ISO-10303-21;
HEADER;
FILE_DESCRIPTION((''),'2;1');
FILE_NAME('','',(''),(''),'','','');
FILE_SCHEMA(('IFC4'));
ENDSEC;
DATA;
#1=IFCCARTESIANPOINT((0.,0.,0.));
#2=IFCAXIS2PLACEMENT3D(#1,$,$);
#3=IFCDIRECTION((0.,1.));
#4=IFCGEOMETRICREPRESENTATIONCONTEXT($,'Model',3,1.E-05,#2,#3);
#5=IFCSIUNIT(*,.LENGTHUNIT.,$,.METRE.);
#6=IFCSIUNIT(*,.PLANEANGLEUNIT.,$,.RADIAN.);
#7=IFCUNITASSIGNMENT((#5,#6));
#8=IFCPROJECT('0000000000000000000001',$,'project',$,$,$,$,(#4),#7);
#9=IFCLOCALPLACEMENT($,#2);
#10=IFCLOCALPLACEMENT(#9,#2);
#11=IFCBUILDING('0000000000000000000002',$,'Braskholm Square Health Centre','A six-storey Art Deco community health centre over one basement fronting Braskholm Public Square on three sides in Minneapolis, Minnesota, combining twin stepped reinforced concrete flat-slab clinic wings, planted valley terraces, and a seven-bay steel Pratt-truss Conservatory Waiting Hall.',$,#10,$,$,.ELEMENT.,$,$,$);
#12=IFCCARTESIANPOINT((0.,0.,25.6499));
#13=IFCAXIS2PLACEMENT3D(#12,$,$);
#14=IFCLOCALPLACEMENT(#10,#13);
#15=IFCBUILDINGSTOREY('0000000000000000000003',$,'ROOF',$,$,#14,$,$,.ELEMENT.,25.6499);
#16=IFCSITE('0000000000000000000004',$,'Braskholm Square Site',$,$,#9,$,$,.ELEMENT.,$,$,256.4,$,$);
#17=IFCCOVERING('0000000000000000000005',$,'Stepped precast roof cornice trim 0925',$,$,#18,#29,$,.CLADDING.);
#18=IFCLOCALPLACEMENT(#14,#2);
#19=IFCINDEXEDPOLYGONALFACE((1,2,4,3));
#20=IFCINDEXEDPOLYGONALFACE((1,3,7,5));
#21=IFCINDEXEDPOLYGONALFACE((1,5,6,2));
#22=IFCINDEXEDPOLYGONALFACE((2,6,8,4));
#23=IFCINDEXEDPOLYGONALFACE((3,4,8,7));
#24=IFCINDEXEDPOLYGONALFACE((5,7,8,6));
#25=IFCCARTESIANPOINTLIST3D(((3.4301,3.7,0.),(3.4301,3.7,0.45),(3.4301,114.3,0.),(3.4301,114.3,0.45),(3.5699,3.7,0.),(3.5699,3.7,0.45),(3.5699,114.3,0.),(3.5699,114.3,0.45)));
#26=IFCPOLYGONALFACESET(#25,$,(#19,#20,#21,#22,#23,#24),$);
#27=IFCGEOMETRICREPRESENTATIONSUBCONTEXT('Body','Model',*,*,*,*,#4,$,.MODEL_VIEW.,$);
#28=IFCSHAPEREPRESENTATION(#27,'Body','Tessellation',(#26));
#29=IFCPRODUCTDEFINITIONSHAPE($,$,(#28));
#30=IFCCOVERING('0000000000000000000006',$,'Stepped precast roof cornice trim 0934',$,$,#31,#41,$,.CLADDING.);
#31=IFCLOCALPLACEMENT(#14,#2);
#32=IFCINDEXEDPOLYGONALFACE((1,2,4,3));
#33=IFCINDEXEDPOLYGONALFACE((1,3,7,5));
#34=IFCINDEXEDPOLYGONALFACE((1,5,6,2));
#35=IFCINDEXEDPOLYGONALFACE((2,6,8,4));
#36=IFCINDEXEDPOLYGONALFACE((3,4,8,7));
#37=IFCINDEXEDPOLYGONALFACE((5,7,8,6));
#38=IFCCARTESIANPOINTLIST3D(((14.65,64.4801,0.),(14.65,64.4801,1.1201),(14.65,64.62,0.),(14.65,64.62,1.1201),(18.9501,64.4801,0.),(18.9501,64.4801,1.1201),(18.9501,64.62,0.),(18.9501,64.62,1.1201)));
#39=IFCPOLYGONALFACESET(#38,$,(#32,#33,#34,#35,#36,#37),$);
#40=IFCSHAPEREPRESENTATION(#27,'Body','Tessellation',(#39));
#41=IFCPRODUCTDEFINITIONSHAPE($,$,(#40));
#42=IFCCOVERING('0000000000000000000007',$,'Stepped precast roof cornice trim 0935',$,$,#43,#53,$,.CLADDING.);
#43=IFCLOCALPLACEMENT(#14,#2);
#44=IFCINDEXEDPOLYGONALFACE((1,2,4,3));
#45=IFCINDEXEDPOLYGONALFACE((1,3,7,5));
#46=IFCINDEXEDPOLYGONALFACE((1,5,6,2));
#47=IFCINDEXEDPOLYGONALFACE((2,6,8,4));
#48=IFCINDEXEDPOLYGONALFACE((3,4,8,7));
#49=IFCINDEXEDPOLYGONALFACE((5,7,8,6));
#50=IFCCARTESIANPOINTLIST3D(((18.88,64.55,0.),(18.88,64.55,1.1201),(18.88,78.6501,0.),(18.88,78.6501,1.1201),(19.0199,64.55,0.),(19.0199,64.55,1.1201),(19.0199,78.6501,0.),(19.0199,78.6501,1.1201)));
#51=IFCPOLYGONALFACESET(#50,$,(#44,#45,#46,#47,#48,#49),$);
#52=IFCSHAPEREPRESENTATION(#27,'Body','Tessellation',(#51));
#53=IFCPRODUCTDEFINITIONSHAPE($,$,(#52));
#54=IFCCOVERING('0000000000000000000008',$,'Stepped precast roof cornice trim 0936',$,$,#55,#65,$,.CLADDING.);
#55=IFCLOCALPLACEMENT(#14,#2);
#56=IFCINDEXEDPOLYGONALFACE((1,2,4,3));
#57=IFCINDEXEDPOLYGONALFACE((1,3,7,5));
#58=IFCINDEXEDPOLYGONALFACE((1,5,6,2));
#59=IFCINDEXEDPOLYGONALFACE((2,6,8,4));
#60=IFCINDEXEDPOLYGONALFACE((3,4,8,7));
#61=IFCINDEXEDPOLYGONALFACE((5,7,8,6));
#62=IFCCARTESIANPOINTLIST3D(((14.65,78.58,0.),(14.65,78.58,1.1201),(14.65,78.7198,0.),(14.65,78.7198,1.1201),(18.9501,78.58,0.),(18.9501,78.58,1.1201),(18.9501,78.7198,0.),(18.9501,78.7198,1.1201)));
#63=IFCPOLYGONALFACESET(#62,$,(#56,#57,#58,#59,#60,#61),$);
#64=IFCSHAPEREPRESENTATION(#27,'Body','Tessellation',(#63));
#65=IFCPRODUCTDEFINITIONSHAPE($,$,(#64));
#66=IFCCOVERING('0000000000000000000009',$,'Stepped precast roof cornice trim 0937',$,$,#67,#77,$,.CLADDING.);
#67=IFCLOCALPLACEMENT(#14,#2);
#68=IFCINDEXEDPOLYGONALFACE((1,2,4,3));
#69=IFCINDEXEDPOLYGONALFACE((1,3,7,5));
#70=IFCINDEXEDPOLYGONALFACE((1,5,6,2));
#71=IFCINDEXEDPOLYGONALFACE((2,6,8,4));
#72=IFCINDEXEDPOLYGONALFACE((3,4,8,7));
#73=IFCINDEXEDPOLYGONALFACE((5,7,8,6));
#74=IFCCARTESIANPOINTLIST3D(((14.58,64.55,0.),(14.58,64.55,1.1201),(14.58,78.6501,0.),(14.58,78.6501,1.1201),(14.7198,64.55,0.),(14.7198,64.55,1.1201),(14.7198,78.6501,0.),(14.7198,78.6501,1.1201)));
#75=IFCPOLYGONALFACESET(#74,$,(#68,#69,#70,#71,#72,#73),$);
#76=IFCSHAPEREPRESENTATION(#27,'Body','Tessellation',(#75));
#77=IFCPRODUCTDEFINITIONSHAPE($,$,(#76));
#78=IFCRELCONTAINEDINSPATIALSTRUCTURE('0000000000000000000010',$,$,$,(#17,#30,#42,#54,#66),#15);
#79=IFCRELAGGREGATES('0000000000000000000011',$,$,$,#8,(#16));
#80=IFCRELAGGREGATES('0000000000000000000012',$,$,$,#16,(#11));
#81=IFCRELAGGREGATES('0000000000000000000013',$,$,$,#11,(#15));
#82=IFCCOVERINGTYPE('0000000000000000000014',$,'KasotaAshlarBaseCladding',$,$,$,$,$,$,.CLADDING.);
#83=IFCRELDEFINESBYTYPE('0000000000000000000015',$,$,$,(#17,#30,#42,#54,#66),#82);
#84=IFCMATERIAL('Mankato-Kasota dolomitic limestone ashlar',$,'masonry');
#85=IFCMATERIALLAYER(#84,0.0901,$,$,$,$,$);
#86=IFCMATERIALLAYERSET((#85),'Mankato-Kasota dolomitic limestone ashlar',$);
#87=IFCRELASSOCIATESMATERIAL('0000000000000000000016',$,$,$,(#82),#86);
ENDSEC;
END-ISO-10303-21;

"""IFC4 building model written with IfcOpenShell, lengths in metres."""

from ifc_helpers import new_model, si_unit, direction, frame, origin, origin_2d, place, context, subcontext, project, spatial, rectangle, extrude, material, layer, layer_set, type_object, element, save


model = new_model("IFC4")

# Units and contexts
model_context = context("Model", 3, precision=1e-05, world=origin(), true_north=direction((0.0, 1.0)))
body_context = subcontext(model_context, "Body", "Model", "MODEL_VIEW")
ifc_project = project(units=[si_unit("LENGTHUNIT", "METRE"), si_unit("PLANEANGLEUNIT", "RADIAN")], contexts=[model_context])

# Site, building, storey
site_placement = place(None, origin())
site = spatial("IfcSite", under=ifc_project, at=site_placement, Name="Braskholm Square Site", CompositionType="ELEMENT", RefElevation=256.4)
building_placement = place(site_placement, origin())
building = spatial("IfcBuilding", under=site, at=building_placement, Name="Braskholm Square Health Centre", Description="A six-storey Art Deco community health centre over one basement fronting Braskholm Public Square on three sides in Minneapolis, Minnesota, combining twin stepped reinforced concrete flat-slab clinic wings, planted valley terraces, and a seven-bay steel Pratt-truss Conservatory Waiting Hall.", CompositionType="ELEMENT")
storey_placement = place(building_placement, frame((0.0, 0.0, 25.6499)))
storey = spatial("IfcBuildingStorey", under=building, at=storey_placement, Name="ROOF", CompositionType="ELEMENT", Elevation=25.6499)

# Coverings
ifc_material_1 = material(Name="Mankato-Kasota dolomitic limestone ashlar", Category="masonry")
ifc_layer_1 = layer(ifc_material_1, 0.0901)
ifc_layer_set_1 = layer_set([ifc_layer_1], Name="Mankato-Kasota dolomitic limestone ashlar")
covering_type_1 = type_object("IfcCoveringType", Name="KasotaAshlarBaseCladding", PredefinedType="CLADDING", material=ifc_layer_set_1)
for number, where, z_axis, x_axis, name in (
    (1, (3.5, 59.0, 0.0), (0.0, 0.0, 1.0), (0.0, -1.0, 0.0), "Stepped precast roof cornice trim 0925"),
):
    element("IfcCovering", number, at=place(storey_placement, frame(where, z_axis=z_axis, x_axis=x_axis)), inside=storey, type_object=covering_type_1, Name=name, PredefinedType="CLADDING", context=body_context, shape_type="SweptSolid", body=[
        extrude(rectangle(XDim=110.6001, YDim=0.1399, at=origin_2d()), origin(), (0.0, 0.0, 1.0), 0.45),
    ])
covering_1_placement = place(storey_placement, frame((16.8, 64.55, 0.0), z_axis=(0.0, 0.0, 1.0), x_axis=(1.0, 0.0, 0.0)))
element("IfcCovering", 2, at=covering_1_placement, inside=storey, type_object=covering_type_1, Name="Stepped precast roof cornice trim 0934", PredefinedType="CLADDING", context=body_context, shape_type="SweptSolid", body=[
    extrude(rectangle(XDim=4.3, YDim=0.1399, at=origin_2d()), origin(), (0.0, 0.0, 1.0), 1.1201),
])
covering_2_placement = place(storey_placement, frame((18.95, 71.6001, 0.0), z_axis=(0.0, 0.0, 1.0), x_axis=(0.0, 1.0, 0.0)))
element("IfcCovering", 3, at=covering_2_placement, inside=storey, type_object=covering_type_1, Name="Stepped precast roof cornice trim 0935", PredefinedType="CLADDING", context=body_context, shape_type="SweptSolid", body=[
    extrude(rectangle(XDim=14.1001, YDim=0.1399, at=origin_2d()), origin(), (0.0, 0.0, 1.0), 1.1201),
])
covering_3_placement = place(storey_placement, frame((16.8, 78.6499, 0.0), z_axis=(0.0, 0.0, 1.0), x_axis=(-1.0, 0.0, 0.0)))
element("IfcCovering", 4, at=covering_3_placement, inside=storey, type_object=covering_type_1, Name="Stepped precast roof cornice trim 0936", PredefinedType="CLADDING", context=body_context, shape_type="SweptSolid", body=[
    extrude(rectangle(XDim=4.3, YDim=0.1399, at=origin_2d()), origin(), (0.0, 0.0, 1.0), 1.1201),
])
covering_4_placement = place(storey_placement, frame((14.6499, 71.6001, 0.0), z_axis=(0.0, 0.0, 1.0), x_axis=(0.0, -1.0, 0.0)))
element("IfcCovering", 5, at=covering_4_placement, inside=storey, type_object=covering_type_1, Name="Stepped precast roof cornice trim 0937", PredefinedType="CLADDING", context=body_context, shape_type="SweptSolid", body=[
    extrude(rectangle(XDim=14.1001, YDim=0.1399, at=origin_2d()), origin(), (0.0, 0.0, 1.0), 1.1201),
])

save(model, "model.ifc")
